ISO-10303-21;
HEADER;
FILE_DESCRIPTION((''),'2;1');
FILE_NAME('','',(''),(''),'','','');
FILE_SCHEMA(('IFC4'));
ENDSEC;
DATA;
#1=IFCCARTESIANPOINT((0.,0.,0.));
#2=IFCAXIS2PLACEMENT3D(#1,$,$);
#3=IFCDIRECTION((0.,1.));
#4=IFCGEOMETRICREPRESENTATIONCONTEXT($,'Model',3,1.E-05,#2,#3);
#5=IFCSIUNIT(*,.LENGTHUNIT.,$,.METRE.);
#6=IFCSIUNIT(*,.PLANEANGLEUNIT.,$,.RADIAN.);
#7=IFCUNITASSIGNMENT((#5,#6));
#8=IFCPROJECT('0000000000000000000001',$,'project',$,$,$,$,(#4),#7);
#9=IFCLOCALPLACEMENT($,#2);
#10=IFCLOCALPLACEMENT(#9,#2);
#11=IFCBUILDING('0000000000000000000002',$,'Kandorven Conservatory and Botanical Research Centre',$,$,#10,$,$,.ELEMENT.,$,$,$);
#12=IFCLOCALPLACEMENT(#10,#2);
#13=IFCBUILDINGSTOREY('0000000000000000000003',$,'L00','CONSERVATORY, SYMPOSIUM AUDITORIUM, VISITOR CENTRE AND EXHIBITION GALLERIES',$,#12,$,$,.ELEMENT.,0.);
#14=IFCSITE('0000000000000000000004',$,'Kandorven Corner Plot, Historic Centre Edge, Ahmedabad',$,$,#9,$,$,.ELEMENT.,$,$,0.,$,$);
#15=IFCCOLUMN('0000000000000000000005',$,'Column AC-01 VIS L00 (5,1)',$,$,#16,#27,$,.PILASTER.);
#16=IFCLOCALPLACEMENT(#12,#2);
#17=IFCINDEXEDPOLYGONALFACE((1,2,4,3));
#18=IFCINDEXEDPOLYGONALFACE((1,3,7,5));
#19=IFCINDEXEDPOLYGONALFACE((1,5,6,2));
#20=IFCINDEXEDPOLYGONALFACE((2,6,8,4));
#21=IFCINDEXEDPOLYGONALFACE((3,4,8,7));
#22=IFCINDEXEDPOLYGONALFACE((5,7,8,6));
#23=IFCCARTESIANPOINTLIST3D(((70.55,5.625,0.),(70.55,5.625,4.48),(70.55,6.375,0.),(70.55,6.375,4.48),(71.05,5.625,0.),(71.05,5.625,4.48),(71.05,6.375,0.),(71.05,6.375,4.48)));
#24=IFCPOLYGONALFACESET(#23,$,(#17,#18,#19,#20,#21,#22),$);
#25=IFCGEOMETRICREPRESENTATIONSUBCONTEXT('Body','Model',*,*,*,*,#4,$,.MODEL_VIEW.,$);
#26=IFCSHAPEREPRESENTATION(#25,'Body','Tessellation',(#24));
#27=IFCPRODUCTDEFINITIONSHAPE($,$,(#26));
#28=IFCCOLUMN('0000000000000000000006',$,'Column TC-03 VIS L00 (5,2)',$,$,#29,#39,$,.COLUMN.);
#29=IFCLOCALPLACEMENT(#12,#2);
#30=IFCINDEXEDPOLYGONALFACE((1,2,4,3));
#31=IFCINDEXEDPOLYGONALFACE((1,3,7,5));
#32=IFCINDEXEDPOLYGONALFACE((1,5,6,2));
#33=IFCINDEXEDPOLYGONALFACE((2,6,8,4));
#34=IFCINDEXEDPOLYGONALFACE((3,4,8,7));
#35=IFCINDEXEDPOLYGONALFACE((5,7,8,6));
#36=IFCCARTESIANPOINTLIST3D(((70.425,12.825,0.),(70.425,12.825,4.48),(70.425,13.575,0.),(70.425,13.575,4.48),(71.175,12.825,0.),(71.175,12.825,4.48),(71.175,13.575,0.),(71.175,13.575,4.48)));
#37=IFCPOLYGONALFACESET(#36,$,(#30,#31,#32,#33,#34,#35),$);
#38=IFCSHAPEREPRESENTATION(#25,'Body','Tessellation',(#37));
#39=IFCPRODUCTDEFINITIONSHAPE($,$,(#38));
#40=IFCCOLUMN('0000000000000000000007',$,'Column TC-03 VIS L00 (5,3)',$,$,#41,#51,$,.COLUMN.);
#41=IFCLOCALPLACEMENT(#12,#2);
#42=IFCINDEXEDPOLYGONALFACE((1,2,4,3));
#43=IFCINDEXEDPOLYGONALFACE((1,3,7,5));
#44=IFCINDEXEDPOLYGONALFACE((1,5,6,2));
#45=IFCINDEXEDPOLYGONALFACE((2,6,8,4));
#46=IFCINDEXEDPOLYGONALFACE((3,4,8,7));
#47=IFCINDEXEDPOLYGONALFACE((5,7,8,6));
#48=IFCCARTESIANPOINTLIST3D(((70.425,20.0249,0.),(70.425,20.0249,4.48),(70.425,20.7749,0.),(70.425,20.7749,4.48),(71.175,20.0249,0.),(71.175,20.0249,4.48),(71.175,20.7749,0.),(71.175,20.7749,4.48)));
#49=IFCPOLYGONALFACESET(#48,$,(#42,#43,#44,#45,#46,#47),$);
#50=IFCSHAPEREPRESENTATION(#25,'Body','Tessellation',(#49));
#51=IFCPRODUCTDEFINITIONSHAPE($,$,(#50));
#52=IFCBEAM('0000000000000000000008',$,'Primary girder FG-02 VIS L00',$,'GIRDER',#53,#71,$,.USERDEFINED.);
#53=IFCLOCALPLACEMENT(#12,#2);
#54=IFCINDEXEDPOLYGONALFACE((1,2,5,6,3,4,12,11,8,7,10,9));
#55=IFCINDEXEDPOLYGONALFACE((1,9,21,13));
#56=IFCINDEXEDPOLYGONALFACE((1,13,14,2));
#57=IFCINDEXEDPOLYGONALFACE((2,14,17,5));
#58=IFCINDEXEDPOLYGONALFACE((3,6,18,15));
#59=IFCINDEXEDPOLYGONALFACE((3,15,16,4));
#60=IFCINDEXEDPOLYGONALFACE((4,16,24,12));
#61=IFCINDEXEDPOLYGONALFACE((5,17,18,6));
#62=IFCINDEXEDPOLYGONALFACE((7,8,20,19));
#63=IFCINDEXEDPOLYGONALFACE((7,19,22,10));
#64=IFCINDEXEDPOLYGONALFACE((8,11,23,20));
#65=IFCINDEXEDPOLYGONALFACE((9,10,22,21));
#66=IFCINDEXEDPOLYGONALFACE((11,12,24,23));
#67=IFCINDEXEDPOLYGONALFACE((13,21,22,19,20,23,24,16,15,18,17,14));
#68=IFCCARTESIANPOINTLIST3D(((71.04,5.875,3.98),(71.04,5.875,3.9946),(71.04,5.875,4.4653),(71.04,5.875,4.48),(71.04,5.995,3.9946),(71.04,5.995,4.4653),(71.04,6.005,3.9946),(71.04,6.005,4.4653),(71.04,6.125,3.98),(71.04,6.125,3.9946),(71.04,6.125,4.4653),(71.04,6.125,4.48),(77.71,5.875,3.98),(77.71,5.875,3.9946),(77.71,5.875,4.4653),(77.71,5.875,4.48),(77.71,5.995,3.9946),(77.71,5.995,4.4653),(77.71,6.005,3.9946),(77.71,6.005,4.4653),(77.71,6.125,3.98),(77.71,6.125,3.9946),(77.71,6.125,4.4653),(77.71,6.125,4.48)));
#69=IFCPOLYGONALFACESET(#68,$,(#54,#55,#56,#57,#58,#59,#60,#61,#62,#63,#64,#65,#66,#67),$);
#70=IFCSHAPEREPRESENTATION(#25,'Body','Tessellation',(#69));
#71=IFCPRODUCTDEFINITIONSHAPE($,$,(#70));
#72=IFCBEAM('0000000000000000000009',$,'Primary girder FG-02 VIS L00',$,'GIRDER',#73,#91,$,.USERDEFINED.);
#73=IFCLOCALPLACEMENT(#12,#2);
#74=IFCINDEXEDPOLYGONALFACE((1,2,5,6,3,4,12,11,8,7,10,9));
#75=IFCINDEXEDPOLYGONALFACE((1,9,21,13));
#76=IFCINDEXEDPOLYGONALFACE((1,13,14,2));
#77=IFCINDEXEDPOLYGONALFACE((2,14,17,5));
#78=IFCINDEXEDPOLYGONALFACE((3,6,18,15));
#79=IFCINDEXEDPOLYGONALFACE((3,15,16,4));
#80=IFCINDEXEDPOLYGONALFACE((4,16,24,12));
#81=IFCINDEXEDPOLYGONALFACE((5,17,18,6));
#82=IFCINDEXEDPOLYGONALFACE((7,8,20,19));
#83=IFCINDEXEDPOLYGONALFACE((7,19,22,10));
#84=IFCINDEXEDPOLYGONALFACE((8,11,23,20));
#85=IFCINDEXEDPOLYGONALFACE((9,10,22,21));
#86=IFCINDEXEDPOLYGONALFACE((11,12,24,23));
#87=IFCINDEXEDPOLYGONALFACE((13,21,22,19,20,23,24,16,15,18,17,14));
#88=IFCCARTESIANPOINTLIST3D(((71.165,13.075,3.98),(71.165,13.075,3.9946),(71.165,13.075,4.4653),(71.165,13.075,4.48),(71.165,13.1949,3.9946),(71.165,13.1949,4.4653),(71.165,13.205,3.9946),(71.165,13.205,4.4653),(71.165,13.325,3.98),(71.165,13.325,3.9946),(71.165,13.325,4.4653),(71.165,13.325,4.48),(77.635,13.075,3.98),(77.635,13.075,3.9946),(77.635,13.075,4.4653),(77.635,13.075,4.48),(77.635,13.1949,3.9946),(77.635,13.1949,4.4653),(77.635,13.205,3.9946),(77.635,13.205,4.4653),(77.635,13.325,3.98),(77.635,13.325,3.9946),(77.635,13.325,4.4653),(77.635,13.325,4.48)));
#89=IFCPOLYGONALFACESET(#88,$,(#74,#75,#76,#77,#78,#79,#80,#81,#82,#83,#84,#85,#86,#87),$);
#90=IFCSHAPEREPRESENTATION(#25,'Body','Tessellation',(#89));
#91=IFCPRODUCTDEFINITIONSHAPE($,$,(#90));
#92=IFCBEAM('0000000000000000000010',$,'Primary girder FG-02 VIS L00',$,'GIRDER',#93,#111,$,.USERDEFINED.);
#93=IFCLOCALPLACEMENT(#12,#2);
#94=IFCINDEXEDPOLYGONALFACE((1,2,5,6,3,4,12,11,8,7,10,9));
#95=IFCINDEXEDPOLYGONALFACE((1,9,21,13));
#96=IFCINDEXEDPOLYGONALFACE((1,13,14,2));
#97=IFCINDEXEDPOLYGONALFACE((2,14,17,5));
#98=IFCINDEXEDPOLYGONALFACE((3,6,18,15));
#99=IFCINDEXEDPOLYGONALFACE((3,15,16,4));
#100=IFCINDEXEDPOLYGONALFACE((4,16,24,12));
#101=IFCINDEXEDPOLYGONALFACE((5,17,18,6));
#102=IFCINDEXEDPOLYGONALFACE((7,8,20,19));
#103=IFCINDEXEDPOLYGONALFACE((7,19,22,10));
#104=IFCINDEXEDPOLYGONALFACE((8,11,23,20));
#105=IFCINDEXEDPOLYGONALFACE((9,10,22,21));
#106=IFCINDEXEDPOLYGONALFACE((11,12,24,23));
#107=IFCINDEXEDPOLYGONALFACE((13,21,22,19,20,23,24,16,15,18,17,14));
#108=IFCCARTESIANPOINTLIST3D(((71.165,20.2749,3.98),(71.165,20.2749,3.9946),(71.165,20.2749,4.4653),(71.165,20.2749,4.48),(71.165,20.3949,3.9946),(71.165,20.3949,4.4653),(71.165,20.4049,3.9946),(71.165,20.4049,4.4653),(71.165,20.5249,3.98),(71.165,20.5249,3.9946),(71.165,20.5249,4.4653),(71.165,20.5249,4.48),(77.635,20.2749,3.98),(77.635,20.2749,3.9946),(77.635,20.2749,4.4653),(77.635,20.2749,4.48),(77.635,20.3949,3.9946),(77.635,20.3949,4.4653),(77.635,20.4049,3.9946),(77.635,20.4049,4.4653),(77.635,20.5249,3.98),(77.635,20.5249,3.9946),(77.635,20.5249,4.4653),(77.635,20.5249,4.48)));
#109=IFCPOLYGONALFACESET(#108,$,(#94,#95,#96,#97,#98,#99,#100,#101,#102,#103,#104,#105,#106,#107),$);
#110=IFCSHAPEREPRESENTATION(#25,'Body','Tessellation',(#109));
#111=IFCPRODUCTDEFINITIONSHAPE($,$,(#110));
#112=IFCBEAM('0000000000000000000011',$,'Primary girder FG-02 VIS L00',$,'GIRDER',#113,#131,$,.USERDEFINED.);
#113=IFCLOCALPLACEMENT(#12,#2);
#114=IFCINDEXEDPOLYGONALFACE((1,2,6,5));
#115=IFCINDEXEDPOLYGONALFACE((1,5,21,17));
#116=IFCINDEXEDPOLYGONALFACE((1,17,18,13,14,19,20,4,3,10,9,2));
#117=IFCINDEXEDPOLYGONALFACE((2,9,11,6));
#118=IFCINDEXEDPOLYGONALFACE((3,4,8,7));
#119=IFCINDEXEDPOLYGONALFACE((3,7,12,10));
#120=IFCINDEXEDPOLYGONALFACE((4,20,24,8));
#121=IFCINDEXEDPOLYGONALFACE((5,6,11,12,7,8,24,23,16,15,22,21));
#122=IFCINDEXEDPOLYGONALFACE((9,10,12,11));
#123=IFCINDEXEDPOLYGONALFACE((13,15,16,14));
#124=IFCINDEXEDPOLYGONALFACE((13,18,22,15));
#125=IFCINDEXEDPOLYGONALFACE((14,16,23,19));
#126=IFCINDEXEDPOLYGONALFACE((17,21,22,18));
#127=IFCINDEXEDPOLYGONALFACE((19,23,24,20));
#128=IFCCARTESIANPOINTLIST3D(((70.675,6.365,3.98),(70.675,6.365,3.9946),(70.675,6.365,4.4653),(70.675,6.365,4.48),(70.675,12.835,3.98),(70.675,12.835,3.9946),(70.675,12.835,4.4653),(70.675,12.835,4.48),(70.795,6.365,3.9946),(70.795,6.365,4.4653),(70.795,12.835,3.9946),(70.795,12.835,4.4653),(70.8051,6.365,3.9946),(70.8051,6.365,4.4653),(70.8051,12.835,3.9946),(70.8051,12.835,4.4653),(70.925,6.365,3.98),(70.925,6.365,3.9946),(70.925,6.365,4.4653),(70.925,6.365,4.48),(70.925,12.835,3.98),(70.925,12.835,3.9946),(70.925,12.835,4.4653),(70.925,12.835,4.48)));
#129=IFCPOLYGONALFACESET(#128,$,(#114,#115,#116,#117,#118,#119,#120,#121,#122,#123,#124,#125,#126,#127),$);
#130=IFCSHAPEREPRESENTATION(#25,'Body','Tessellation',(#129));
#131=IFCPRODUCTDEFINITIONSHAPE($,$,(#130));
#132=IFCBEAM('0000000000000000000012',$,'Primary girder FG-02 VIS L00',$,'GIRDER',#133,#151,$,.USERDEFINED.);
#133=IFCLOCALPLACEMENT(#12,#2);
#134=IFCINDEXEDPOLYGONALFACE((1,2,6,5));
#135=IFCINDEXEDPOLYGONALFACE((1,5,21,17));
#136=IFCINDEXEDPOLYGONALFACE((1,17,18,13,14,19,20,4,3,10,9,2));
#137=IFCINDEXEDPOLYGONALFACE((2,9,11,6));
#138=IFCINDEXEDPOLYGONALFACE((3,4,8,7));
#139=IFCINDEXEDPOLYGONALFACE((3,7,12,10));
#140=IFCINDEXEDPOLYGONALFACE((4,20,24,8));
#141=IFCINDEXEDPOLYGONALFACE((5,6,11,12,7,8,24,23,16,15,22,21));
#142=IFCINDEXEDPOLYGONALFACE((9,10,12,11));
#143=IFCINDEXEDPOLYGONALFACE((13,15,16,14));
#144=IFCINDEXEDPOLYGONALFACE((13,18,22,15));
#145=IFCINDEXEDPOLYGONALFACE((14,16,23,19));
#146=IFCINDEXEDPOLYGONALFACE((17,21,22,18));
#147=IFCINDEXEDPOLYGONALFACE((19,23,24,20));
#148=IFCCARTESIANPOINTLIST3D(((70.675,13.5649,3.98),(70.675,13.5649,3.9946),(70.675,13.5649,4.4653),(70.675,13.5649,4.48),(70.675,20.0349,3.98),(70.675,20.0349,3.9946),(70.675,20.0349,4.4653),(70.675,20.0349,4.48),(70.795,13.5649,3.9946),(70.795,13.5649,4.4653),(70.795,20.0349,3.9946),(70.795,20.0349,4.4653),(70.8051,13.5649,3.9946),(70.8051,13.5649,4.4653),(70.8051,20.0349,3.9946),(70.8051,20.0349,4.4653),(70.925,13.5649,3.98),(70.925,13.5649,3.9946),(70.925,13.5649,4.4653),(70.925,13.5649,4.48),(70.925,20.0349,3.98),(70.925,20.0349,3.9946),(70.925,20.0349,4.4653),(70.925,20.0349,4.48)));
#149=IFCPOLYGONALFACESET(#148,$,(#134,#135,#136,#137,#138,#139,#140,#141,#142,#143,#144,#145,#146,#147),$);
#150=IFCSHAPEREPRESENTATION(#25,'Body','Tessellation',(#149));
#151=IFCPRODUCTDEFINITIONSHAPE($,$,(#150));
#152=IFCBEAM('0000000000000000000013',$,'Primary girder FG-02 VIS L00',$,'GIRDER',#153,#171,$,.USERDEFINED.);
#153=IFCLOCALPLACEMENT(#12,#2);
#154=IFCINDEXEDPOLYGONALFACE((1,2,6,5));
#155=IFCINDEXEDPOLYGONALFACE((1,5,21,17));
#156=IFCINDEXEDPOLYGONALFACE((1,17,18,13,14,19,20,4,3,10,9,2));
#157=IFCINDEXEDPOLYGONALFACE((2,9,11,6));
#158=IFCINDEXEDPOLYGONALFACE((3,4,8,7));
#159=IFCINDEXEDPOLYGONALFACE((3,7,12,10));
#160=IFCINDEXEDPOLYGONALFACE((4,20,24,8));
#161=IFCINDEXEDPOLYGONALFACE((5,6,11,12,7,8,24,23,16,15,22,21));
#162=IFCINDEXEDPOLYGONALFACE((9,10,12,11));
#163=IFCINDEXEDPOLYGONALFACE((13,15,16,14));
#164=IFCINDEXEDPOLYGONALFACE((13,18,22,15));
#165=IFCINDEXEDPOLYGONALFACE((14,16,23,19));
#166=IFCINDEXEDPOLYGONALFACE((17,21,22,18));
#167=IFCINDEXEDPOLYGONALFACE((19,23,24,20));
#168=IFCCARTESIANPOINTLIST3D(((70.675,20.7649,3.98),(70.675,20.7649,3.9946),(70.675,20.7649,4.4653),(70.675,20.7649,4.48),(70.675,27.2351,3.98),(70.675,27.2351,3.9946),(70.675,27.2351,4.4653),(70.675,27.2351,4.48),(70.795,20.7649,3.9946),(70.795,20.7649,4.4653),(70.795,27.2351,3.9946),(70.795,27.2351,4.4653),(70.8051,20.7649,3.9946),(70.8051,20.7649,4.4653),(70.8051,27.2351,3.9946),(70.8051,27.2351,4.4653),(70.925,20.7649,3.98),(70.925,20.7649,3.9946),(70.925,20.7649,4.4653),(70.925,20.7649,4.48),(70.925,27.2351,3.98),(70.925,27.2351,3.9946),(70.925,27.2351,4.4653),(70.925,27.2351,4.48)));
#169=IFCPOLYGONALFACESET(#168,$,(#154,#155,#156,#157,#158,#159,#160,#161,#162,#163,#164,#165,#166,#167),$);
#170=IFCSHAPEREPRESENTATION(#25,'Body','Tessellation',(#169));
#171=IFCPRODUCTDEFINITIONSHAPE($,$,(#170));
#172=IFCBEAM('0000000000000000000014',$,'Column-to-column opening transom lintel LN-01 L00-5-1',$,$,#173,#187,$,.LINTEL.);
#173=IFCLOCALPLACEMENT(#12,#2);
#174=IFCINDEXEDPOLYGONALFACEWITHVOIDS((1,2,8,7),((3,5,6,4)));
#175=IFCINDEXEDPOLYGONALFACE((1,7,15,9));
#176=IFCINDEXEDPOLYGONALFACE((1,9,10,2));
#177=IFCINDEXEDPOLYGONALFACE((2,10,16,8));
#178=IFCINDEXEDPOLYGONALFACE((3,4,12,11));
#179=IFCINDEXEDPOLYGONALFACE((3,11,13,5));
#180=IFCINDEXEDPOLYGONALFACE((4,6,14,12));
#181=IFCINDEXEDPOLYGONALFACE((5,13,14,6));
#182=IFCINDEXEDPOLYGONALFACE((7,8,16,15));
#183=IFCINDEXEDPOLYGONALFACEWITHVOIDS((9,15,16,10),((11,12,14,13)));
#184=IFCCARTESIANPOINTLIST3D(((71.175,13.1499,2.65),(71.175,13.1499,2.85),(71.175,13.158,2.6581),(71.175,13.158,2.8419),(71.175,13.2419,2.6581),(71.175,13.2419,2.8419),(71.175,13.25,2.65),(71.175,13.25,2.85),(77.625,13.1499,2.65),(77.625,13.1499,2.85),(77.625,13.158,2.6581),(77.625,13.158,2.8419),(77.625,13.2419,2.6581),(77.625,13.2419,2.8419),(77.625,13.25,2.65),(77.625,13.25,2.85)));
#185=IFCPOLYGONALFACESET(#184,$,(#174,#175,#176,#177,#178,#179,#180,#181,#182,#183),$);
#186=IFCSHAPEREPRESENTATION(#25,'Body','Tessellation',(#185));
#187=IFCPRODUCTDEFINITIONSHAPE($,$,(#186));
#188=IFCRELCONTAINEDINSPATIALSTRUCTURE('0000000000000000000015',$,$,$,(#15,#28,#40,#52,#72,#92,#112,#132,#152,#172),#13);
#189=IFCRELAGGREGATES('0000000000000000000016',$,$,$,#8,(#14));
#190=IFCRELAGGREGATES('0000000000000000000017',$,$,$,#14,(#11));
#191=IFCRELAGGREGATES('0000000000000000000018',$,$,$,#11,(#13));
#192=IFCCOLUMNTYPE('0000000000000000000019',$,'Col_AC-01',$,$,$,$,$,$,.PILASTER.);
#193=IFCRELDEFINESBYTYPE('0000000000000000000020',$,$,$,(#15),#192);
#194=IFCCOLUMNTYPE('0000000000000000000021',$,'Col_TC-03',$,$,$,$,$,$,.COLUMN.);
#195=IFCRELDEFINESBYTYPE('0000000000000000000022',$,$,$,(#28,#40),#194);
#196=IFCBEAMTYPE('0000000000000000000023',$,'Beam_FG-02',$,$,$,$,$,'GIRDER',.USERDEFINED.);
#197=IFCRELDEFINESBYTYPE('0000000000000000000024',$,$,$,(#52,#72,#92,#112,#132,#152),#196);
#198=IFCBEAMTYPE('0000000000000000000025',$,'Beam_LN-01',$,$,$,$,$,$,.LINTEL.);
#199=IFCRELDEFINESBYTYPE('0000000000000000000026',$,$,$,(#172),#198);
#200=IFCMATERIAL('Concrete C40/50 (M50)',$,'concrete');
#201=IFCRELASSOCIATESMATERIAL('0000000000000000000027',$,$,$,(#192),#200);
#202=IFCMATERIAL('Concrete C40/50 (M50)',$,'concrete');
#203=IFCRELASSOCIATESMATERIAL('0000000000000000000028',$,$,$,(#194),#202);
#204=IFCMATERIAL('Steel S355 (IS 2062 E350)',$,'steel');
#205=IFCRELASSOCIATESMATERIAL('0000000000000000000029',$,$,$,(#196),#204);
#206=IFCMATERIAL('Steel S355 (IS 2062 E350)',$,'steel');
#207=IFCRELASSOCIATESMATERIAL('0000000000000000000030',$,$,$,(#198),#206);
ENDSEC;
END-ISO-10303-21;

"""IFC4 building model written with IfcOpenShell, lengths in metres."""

from ifc_helpers import new_model, si_unit, direction, frame, origin, origin_2d, place, context, subcontext, project, spatial, rectangle, hollow_rectangle, i_section, extrude, material, material_profile, profile_set, type_object, element, save


model = new_model("IFC4")

# Units and contexts
model_context = context("Model", 3, precision=1e-05, world=origin(), true_north=direction((0.0, 1.0)))
body_context = subcontext(model_context, "Body", "Model", "MODEL_VIEW")
ifc_project = project(units=[si_unit("LENGTHUNIT", "METRE"), si_unit("PLANEANGLEUNIT", "RADIAN")], contexts=[model_context])

# Site, building, storey
site_placement = place(None, origin())
site = spatial("IfcSite", under=ifc_project, at=site_placement, Name="Kandorven Corner Plot, Historic Centre Edge, Ahmedabad", CompositionType="ELEMENT", RefElevation=0.0)
building_placement = place(site_placement, origin())
building = spatial("IfcBuilding", under=site, at=building_placement, Name="Kandorven Conservatory and Botanical Research Centre", CompositionType="ELEMENT")
storey_placement = place(building_placement, origin())
storey = spatial("IfcBuildingStorey", under=building, at=storey_placement, Name="L00", Description="CONSERVATORY, SYMPOSIUM AUDITORIUM, VISITOR CENTRE AND EXHIBITION GALLERIES", CompositionType="ELEMENT", Elevation=0.0)

# Columns
ifc_material_1 = material(Name="Concrete C40/50 (M50)", Category="concrete")
ifc_material_profile_1 = material_profile(ifc_material_1, rectangle(XDim=0.5, YDim=0.75, at=origin_2d()))
ifc_profile_set_1 = profile_set([ifc_material_profile_1], Name="Concrete C40/50 (M50)")
column_type_1 = type_object("IfcColumnType", Name="Col_AC-01", PredefinedType="PILASTER", material=ifc_profile_set_1)
column_placement = place(storey_placement, frame((70.8, 6.0, 0.0), z_axis=(0.0, 0.0, 1.0), x_axis=(1.0, 0.0, 0.0)))
element("IfcColumn", 1, at=column_placement, inside=storey, type_object=column_type_1, Name="Column AC-01 VIS L00 (5,1)", PredefinedType="PILASTER", context=body_context, shape_type="SweptSolid", body=[
    extrude(rectangle(XDim=0.5, YDim=0.75, at=origin_2d()), origin(), (0.0, 0.0, 1.0), 4.48),
])
ifc_material_2 = material(Name="Concrete C40/50 (M50)", Category="concrete")
ifc_material_profile_2 = material_profile(ifc_material_2, rectangle(XDim=0.75, YDim=0.75, at=origin_2d()))
ifc_profile_set_2 = profile_set([ifc_material_profile_2], Name="Concrete C40/50 (M50)")
column_type_2 = type_object("IfcColumnType", Name="Col_TC-03", PredefinedType="COLUMN", material=ifc_profile_set_2)
for number, where, z_axis, x_axis, name in (
    (2, (70.8, 13.2, 0.0), (0.0, 0.0, 1.0), (1.0, 0.0, 0.0), "Column TC-03 VIS L00 (5,2)"),
    (3, (70.8, 20.3999, 0.0), (0.0, 0.0, 1.0), (1.0, 0.0, 0.0), "Column TC-03 VIS L00 (5,3)"),
):
    element("IfcColumn", number, at=place(storey_placement, frame(where, z_axis=z_axis, x_axis=x_axis)), inside=storey, type_object=column_type_2, Name=name, PredefinedType="COLUMN", context=body_context, shape_type="SweptSolid", body=[
        extrude(rectangle(XDim=0.75, YDim=0.75, at=origin_2d()), origin(), (0.0, 0.0, 1.0), 4.48),
    ])

# Beams
ifc_material_3 = material(Name="Steel S355 (IS 2062 E350)", Category="steel")
ifc_material_profile_3 = material_profile(ifc_material_3, i_section(OverallWidth=0.25, OverallDepth=0.5, WebThickness=0.01, FlangeThickness=0.0146, at=origin_2d()))
ifc_profile_set_3 = profile_set([ifc_material_profile_3], Name="Steel S355 (IS 2062 E350)")
beam_type_1 = type_object("IfcBeamType", Name="Beam_FG-02", ElementType="GIRDER", PredefinedType="USERDEFINED", material=ifc_profile_set_3)
beam_1_placement = place(storey_placement, frame((71.04, 6.0, 4.23), z_axis=(1.0, 0.0, 0.0), x_axis=(0.0, 1.0, 0.0)))
element("IfcBeam", 4, at=beam_1_placement, inside=storey, type_object=beam_type_1, Name="Primary girder FG-02 VIS L00", ObjectType="GIRDER", PredefinedType="USERDEFINED", context=body_context, shape_type="SweptSolid", body=[
    extrude(i_section(OverallWidth=0.25, OverallDepth=0.5, WebThickness=0.01, FlangeThickness=0.0146, at=origin_2d()), origin(), (0.0, 0.0, 1.0), 6.6699),
])
for number, where, z_axis, x_axis, name in (
    (5, (71.165, 13.2, 4.23), (1.0, 0.0, 0.0), (0.0, 1.0, 0.0), "Primary girder FG-02 VIS L00"),
    (6, (71.165, 20.3999, 4.23), (1.0, 0.0, 0.0), (0.0, 1.0, 0.0), "Primary girder FG-02 VIS L00"),
    (7, (70.8, 6.365, 4.23), (0.0, 1.0, 0.0), (-1.0, 0.0, 0.0), "Primary girder FG-02 VIS L00"),
    (8, (70.8, 13.5649, 4.23), (0.0, 1.0, 0.0), (-1.0, 0.0, 0.0), "Primary girder FG-02 VIS L00"),
):
    element("IfcBeam", number, at=place(storey_placement, frame(where, z_axis=z_axis, x_axis=x_axis)), inside=storey, type_object=beam_type_1, Name=name, ObjectType="GIRDER", PredefinedType="USERDEFINED", context=body_context, shape_type="SweptSolid", body=[
        extrude(i_section(OverallWidth=0.25, OverallDepth=0.5, WebThickness=0.01, FlangeThickness=0.0146, at=origin_2d()), origin(), (0.0, 0.0, 1.0), 6.47),
    ])
beam_2_placement = place(storey_placement, frame((70.8, 20.7649, 4.23), z_axis=(0.0, 1.0, 0.0), x_axis=(-1.0, 0.0, 0.0)))
element("IfcBeam", 9, at=beam_2_placement, inside=storey, type_object=beam_type_1, Name="Primary girder FG-02 VIS L00", ObjectType="GIRDER", PredefinedType="USERDEFINED", context=body_context, shape_type="SweptSolid", body=[
    extrude(i_section(OverallWidth=0.25, OverallDepth=0.5, WebThickness=0.01, FlangeThickness=0.0146, at=origin_2d()), origin(), (0.0, 0.0, 1.0), 6.4702),
])
ifc_material_4 = material(Name="Steel S355 (IS 2062 E350)", Category="steel")
ifc_material_profile_4 = material_profile(ifc_material_4, hollow_rectangle(XDim=0.1001, YDim=0.2, WallThickness=0.0081, at=origin_2d()))
ifc_profile_set_4 = profile_set([ifc_material_profile_4], Name="Steel S355 (IS 2062 E350)")
beam_type_2 = type_object("IfcBeamType", Name="Beam_LN-01", PredefinedType="LINTEL", material=ifc_profile_set_4)
beam_3_placement = place(storey_placement, frame((71.175, 13.2, 2.75), z_axis=(1.0, 0.0, 0.0), x_axis=(0.0, 1.0, 0.0)))
element("IfcBeam", 10, at=beam_3_placement, inside=storey, type_object=beam_type_2, Name="Column-to-column opening transom lintel LN-01 L00-5-1", PredefinedType="LINTEL", context=body_context, shape_type="SweptSolid", body=[
    extrude(hollow_rectangle(XDim=0.1001, YDim=0.2, WallThickness=0.0081, at=origin_2d()), origin(), (0.0, 0.0, 1.0), 6.45),
])

save(model, "model.ifc")
